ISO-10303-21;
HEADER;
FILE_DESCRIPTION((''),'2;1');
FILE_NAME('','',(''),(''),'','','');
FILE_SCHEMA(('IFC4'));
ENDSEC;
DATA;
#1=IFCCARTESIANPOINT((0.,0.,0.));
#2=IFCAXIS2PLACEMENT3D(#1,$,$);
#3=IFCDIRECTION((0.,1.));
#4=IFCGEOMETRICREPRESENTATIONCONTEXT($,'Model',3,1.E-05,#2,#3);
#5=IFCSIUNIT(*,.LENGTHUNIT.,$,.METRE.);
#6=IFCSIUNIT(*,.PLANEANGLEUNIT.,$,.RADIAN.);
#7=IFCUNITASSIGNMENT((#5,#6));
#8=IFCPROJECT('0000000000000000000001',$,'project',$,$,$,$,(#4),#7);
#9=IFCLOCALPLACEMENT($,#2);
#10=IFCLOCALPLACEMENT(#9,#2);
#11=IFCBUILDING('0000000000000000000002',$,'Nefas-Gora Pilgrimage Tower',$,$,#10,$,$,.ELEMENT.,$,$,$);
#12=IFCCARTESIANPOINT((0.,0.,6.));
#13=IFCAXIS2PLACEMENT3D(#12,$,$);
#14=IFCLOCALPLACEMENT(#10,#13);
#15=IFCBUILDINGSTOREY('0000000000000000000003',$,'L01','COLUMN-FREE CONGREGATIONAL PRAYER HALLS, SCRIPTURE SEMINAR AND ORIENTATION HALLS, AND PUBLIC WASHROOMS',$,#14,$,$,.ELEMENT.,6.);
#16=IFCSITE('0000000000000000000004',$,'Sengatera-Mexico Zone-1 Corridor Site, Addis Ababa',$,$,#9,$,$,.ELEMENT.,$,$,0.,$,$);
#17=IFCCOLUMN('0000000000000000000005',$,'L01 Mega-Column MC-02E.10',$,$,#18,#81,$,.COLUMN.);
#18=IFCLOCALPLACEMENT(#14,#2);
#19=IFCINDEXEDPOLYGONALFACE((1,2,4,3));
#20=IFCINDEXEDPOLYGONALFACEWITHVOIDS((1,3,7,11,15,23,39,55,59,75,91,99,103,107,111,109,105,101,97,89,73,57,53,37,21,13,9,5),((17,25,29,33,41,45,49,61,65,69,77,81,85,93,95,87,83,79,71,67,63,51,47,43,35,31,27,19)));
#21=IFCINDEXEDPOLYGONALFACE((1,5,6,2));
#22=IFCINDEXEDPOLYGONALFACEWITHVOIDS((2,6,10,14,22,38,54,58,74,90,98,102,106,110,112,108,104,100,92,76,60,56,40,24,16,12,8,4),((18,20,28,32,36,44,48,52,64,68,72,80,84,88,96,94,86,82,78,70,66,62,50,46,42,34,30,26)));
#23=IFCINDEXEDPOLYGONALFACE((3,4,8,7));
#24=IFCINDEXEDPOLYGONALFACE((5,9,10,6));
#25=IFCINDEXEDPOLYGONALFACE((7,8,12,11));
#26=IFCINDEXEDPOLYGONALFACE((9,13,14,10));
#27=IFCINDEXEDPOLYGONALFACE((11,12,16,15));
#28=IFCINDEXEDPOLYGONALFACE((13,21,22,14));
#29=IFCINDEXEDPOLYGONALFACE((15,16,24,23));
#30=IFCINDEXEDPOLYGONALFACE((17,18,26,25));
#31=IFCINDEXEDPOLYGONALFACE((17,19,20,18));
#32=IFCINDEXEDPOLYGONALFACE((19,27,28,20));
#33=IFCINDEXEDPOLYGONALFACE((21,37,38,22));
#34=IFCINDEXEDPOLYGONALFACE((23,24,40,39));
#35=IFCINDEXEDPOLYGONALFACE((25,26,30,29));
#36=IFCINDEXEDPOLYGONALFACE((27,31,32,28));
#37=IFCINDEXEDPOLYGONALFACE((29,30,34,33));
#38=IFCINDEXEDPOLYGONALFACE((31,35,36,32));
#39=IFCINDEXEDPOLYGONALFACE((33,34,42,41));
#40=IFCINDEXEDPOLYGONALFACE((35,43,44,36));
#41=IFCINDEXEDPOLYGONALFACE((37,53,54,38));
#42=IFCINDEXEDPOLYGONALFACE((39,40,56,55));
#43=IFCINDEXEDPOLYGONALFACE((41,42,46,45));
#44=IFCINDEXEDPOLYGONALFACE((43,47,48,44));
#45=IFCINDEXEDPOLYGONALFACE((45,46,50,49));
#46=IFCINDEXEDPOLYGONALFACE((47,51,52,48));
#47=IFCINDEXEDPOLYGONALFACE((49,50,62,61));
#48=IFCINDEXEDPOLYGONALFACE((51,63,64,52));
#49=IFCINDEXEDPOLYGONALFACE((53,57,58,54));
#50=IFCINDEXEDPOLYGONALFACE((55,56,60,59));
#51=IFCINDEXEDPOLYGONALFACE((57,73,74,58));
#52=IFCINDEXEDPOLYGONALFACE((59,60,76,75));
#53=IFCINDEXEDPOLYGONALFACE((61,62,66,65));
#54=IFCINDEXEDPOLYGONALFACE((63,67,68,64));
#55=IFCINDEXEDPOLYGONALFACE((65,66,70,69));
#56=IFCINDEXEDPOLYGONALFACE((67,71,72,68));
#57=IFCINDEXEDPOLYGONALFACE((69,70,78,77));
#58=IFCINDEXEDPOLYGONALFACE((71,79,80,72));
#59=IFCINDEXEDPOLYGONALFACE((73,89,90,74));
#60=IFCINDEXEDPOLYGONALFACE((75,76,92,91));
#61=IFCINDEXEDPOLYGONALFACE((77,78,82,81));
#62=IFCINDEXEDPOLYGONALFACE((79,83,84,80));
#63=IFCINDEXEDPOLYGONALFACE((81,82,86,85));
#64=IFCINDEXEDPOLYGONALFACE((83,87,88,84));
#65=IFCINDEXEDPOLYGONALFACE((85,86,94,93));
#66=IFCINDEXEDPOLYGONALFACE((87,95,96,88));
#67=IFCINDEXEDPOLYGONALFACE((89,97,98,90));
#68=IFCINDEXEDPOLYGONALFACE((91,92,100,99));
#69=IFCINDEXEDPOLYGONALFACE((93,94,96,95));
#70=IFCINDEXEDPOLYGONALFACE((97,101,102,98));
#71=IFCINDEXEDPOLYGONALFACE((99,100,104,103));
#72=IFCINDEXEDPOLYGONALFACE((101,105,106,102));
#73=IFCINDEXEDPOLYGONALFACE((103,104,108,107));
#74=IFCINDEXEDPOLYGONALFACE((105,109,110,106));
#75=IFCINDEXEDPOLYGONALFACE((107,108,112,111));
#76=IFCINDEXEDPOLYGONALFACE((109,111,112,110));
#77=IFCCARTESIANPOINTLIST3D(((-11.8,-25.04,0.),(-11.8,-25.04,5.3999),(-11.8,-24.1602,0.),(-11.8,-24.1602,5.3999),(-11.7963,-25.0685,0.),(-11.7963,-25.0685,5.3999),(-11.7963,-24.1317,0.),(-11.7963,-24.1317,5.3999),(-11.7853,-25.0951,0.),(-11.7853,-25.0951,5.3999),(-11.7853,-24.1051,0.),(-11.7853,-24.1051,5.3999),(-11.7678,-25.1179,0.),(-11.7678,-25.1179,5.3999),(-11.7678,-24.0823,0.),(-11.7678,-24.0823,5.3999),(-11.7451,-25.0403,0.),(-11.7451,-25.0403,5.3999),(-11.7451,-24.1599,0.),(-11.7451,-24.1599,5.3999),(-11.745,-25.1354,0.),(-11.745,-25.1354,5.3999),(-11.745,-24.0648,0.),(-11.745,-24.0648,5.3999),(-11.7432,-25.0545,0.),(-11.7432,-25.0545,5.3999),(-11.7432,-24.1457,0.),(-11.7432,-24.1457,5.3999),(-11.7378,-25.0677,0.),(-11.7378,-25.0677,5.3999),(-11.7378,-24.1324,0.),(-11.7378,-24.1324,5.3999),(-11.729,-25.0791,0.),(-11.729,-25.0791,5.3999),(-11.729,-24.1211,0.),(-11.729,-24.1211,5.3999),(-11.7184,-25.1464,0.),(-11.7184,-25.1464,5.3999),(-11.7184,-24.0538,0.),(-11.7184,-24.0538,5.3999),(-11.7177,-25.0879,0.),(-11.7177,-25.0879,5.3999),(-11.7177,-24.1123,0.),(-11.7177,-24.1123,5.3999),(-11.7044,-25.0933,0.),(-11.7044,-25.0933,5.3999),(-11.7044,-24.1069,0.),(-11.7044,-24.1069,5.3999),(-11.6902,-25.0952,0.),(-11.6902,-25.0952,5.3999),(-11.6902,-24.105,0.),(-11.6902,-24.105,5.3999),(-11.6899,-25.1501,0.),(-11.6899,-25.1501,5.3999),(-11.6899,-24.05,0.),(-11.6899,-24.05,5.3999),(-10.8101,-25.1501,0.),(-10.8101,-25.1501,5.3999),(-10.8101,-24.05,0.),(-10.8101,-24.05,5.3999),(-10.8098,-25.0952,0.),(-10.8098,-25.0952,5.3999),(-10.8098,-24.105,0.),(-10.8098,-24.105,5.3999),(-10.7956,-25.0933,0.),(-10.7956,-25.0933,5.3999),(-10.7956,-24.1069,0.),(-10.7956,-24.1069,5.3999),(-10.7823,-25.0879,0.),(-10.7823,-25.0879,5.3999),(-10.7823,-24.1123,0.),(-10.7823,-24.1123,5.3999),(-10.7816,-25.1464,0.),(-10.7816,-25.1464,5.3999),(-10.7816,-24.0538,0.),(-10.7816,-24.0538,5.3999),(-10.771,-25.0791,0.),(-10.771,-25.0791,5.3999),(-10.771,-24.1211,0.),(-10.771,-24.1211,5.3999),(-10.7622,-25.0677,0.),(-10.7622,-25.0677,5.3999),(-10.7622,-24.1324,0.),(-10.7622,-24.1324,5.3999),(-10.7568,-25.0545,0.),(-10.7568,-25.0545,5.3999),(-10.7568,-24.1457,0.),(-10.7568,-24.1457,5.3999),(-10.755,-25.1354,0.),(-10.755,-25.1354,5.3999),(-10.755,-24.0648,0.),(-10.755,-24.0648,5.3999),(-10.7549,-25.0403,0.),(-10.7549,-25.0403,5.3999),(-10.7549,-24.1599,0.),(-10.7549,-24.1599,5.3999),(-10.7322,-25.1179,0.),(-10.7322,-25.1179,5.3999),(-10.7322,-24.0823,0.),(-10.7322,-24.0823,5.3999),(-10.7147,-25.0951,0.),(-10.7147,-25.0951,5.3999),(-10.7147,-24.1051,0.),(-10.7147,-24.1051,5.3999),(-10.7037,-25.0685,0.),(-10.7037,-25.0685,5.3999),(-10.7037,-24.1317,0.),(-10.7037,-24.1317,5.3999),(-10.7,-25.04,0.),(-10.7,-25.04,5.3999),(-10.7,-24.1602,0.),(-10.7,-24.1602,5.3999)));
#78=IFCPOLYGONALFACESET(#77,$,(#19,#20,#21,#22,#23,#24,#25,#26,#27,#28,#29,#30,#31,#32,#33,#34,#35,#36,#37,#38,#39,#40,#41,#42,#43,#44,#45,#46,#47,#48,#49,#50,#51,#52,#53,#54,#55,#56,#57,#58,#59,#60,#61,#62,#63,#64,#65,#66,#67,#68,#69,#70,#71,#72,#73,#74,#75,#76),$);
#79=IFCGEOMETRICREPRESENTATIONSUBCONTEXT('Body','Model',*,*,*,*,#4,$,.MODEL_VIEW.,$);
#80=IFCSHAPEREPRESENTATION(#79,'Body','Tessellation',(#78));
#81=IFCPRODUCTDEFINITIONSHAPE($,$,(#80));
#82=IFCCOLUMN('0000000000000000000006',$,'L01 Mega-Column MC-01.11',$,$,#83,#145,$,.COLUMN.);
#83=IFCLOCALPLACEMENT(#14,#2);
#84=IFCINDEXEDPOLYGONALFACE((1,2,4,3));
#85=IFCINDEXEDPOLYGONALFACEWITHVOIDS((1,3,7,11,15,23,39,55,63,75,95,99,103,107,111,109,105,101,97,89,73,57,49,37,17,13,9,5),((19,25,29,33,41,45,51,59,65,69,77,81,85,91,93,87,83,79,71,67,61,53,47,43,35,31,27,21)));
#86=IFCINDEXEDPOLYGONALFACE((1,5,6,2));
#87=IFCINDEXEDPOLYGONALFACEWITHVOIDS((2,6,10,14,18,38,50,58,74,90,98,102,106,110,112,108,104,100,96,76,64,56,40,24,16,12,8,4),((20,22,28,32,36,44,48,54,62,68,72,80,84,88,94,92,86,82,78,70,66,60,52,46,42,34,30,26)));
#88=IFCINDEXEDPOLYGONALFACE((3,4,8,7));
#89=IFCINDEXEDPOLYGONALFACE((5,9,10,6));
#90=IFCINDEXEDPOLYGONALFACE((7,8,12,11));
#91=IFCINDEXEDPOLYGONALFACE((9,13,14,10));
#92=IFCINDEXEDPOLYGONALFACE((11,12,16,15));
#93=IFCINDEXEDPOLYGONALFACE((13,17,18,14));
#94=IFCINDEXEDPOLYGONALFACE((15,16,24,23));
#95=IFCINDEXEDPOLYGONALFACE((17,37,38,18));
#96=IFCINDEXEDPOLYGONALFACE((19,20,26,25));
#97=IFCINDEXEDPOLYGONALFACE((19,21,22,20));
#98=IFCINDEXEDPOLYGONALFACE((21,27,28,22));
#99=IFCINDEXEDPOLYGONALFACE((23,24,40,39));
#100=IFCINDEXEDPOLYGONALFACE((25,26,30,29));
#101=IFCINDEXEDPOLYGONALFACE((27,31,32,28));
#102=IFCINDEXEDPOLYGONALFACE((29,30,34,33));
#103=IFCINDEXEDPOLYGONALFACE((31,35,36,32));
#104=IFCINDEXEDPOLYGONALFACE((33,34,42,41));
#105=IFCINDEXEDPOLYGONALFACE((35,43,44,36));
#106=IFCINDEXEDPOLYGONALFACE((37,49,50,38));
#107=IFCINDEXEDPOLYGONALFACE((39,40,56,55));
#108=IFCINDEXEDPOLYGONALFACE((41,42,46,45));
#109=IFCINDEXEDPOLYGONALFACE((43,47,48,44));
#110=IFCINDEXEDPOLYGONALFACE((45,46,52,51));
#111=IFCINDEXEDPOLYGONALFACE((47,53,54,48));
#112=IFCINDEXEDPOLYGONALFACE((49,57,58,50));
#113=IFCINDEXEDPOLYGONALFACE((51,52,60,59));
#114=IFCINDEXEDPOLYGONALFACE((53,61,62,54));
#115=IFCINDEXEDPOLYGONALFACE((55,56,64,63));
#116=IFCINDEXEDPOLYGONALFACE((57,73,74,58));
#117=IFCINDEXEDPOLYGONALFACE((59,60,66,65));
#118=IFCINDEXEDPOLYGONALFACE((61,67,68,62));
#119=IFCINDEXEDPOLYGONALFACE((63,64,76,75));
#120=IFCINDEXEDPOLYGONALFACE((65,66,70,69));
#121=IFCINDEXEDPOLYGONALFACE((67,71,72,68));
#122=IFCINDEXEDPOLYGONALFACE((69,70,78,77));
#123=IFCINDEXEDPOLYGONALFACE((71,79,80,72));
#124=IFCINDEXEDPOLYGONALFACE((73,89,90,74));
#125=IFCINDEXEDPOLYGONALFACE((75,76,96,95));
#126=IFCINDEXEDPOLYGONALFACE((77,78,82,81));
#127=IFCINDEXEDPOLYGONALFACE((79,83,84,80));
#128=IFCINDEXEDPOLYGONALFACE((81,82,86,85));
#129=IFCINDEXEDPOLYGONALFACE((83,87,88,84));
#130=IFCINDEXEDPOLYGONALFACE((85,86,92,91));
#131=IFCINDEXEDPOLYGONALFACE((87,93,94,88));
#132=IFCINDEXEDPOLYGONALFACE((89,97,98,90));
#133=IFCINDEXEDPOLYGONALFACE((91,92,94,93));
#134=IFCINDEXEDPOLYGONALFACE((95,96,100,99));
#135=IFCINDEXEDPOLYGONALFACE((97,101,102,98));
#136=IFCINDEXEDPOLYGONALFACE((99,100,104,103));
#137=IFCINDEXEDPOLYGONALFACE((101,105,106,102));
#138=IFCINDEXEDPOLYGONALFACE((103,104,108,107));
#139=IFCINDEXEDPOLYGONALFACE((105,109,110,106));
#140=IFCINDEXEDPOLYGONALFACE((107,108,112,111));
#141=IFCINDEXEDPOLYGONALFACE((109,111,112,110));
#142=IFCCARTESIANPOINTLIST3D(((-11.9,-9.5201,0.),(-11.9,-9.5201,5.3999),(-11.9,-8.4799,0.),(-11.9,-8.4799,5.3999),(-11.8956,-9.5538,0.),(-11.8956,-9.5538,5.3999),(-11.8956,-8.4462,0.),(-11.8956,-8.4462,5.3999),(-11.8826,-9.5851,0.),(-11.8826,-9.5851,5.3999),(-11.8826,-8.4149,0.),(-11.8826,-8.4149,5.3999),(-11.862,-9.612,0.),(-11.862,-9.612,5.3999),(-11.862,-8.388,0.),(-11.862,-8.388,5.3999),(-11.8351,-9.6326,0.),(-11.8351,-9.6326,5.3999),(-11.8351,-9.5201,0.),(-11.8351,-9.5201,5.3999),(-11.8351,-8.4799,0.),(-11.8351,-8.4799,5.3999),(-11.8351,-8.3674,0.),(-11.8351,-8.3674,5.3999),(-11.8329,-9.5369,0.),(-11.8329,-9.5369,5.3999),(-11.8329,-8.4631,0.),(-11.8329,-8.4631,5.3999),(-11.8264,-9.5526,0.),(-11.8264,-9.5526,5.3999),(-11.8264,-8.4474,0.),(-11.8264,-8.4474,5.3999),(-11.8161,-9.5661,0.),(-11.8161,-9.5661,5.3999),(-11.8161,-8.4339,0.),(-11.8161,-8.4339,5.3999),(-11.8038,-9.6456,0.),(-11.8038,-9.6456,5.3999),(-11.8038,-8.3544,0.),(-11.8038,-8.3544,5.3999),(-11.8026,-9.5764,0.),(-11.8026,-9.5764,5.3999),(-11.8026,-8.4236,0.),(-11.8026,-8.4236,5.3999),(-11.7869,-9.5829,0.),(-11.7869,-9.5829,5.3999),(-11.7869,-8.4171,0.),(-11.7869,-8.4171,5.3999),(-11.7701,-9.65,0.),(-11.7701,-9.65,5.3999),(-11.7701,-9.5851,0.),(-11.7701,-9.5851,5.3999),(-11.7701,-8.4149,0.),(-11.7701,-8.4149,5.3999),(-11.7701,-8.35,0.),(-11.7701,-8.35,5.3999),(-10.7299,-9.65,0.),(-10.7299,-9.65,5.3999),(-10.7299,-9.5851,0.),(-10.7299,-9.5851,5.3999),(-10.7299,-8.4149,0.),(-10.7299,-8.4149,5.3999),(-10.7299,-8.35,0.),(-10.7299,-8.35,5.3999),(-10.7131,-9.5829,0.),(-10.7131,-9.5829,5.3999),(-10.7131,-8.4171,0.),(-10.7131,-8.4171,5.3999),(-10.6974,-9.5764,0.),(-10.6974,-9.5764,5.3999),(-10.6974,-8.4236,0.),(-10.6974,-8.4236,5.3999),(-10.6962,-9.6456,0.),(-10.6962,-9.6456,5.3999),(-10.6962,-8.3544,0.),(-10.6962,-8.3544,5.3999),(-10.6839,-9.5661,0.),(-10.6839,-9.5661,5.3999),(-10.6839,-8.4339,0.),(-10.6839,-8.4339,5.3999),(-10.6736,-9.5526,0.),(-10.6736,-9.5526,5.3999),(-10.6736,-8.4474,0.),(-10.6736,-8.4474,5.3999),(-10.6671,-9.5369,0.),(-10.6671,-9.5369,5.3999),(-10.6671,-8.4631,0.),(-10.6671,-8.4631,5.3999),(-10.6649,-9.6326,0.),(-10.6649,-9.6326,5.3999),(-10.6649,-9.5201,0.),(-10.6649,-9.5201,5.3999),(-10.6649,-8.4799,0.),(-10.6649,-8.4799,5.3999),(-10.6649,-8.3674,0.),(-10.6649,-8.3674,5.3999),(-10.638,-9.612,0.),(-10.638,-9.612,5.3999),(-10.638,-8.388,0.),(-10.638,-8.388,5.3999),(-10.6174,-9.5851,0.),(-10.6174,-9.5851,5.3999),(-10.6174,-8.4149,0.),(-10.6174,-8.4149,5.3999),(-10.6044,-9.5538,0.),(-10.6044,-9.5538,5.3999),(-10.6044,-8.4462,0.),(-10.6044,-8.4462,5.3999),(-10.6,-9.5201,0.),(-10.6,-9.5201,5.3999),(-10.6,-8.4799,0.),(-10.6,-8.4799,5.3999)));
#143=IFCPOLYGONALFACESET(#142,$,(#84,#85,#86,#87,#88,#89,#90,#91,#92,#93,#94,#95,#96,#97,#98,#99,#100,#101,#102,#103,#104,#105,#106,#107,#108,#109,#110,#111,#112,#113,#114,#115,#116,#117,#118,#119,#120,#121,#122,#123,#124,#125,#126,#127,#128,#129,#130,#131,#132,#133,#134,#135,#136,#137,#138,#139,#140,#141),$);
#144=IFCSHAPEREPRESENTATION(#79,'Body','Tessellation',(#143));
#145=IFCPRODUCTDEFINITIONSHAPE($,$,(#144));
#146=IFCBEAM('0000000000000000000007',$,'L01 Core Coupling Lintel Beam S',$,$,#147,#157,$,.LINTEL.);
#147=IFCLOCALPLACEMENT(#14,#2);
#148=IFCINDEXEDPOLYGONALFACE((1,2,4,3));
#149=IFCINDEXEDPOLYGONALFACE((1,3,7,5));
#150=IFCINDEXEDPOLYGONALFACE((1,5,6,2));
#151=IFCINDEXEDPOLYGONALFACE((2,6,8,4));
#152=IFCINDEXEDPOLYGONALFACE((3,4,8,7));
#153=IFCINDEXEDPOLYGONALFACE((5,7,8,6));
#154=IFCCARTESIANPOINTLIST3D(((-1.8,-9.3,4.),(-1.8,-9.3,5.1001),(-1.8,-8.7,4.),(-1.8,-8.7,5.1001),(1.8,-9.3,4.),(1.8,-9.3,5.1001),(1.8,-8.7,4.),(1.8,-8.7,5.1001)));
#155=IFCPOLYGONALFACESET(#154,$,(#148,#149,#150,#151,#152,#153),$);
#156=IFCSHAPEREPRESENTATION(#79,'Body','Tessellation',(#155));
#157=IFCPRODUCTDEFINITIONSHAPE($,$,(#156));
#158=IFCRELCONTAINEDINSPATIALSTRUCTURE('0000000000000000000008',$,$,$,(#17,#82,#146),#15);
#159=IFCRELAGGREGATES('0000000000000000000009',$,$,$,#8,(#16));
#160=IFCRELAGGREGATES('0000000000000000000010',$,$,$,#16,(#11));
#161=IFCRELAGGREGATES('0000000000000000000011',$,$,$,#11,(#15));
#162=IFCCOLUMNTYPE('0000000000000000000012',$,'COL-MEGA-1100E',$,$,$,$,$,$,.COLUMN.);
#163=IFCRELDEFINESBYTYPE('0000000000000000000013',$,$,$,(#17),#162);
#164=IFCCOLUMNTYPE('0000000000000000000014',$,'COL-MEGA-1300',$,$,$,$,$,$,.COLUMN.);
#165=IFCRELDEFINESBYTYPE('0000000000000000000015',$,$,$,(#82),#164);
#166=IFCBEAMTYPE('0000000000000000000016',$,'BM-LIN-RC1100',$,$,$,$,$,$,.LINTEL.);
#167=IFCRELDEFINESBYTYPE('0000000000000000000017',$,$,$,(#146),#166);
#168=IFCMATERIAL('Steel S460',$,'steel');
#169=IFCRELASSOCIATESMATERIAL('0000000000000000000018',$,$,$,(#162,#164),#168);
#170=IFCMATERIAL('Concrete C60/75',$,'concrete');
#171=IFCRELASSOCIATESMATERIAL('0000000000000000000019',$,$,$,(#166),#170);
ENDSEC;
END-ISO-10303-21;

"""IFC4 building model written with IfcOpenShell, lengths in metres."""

from ifc_helpers import new_model, si_unit, direction, frame, origin, origin_2d, place, context, subcontext, project, spatial, rectangle, hollow_rectangle, extrude, source, transform, mapped, material, material_profile, profile_set, type_object, element, save


model = new_model("IFC4")

# Units and contexts
model_context = context("Model", 3, precision=1e-05, world=origin(), true_north=direction((0.0, 1.0)))
body_context = subcontext(model_context, "Body", "Model", "MODEL_VIEW")
ifc_project = project(units=[si_unit("LENGTHUNIT", "METRE"), si_unit("PLANEANGLEUNIT", "RADIAN")], contexts=[model_context])

# Site, building, storey
site_placement = place(None, origin())
site = spatial("IfcSite", under=ifc_project, at=site_placement, Name="Sengatera-Mexico Zone-1 Corridor Site, Addis Ababa", CompositionType="ELEMENT", RefElevation=0.0)
building_placement = place(site_placement, origin())
building = spatial("IfcBuilding", under=site, at=building_placement, Name="Nefas-Gora Pilgrimage Tower", CompositionType="ELEMENT")
storey_placement = place(building_placement, frame((0.0, 0.0, 6.0)))
storey = spatial("IfcBuildingStorey", under=building, at=storey_placement, Name="L01", Description="COLUMN-FREE CONGREGATIONAL PRAYER HALLS, SCRIPTURE SEMINAR AND ORIENTATION HALLS, AND PUBLIC WASHROOMS", CompositionType="ELEMENT", Elevation=6.0)

# Columns
ifc_material_1 = material(Name="Steel S460", Category="steel")
ifc_material_profile_1 = material_profile(ifc_material_1, hollow_rectangle(XDim=1.1001, YDim=1.1001, WallThickness=0.0549, InnerFilletRadius=0.0549, OuterFilletRadius=0.1101, at=origin_2d()), Name="BOX 1100x1100x55")
ifc_profile_set_1 = profile_set([ifc_material_profile_1], Name="Steel S460")
column_type_1 = type_object("IfcColumnType", Name="COL-MEGA-1100E", PredefinedType="COLUMN", material=ifc_profile_set_1)
shared_shape_1 = source(origin(), body_context, "Body", "SweptSolid", [
    extrude(hollow_rectangle(XDim=1.1001, YDim=1.1001, WallThickness=0.0549, InnerFilletRadius=0.0549, OuterFilletRadius=0.1101, at=origin_2d()), origin(), (0.0, 0.0, 1.0), 5.3999),
])
column_1_placement = place(storey_placement, frame((-11.25, -24.6001, 0.0), z_axis=(0.0, 0.0, 1.0), x_axis=(1.0, 0.0, 0.0)))
element("IfcColumn", 1, at=column_1_placement, inside=storey, type_object=column_type_1, Name="L01 Mega-Column MC-02E.10", PredefinedType="COLUMN", context=body_context, shape_type="MappedRepresentation", body=[
    mapped(shared_shape_1, transform((0.0, 0.0, 0.0), x_axis=(1.0, 0.0, 0.0), y_axis=(0.0, 1.0, 0.0), z_axis=(0.0, 0.0, 1.0), scale=1.0)),
])
ifc_material_profile_2 = material_profile(ifc_material_1, hollow_rectangle(XDim=1.3, YDim=1.3, WallThickness=0.0649, InnerFilletRadius=0.0649, OuterFilletRadius=0.1299, at=origin_2d()), Name="BOX 1300x1300x65")
ifc_profile_set_2 = profile_set([ifc_material_profile_2], Name="Steel S460")
column_type_2 = type_object("IfcColumnType", Name="COL-MEGA-1300", PredefinedType="COLUMN", material=ifc_profile_set_2)
shared_shape_2 = source(origin(), body_context, "Body", "SweptSolid", [
    extrude(hollow_rectangle(XDim=1.3, YDim=1.3, WallThickness=0.0649, InnerFilletRadius=0.0649, OuterFilletRadius=0.1299, at=origin_2d()), origin(), (0.0, 0.0, 1.0), 5.3999),
])
column_2_placement = place(storey_placement, frame((-11.25, -9.0, 0.0), z_axis=(0.0, 0.0, 1.0), x_axis=(1.0, 0.0, 0.0)))
element("IfcColumn", 2, at=column_2_placement, inside=storey, type_object=column_type_2, Name="L01 Mega-Column MC-01.11", PredefinedType="COLUMN", context=body_context, shape_type="MappedRepresentation", body=[
    mapped(shared_shape_2, transform((0.0, 0.0, 0.0), x_axis=(1.0, 0.0, 0.0), y_axis=(0.0, 1.0, 0.0), z_axis=(0.0, 0.0, 1.0), scale=1.0)),
])

# Beam
ifc_material_2 = material(Name="Concrete C60/75", Category="concrete")
ifc_material_profile_3 = material_profile(ifc_material_2, rectangle(XDim=0.6001, YDim=1.1001, at=origin_2d()), Name="RC 600x1100")
ifc_profile_set_3 = profile_set([ifc_material_profile_3], Name="Concrete C60/75")
beam_type_1 = type_object("IfcBeamType", Name="BM-LIN-RC1100", PredefinedType="LINTEL", material=ifc_profile_set_3)
shared_shape_3 = source(origin(), body_context, "Body", "SweptSolid", [
    extrude(rectangle(XDim=0.6001, YDim=1.1001, at=origin_2d()), origin(), (0.0, 0.0, 1.0), 3.6001),
])
beam_1_placement = place(storey_placement, frame((-1.8, -9.0, 4.55), z_axis=(1.0, 0.0, 0.0), x_axis=(0.0, 1.0, 0.0)))
element("IfcBeam", 3, at=beam_1_placement, inside=storey, type_object=beam_type_1, Name="L01 Core Coupling Lintel Beam S", PredefinedType="LINTEL", context=body_context, shape_type="MappedRepresentation", body=[
    mapped(shared_shape_3, transform((0.0, 0.0, 0.0), x_axis=(1.0, 0.0, 0.0), y_axis=(0.0, 1.0, 0.0), z_axis=(0.0, 0.0, 1.0), scale=1.0)),
])

save(model, "model.ifc")
